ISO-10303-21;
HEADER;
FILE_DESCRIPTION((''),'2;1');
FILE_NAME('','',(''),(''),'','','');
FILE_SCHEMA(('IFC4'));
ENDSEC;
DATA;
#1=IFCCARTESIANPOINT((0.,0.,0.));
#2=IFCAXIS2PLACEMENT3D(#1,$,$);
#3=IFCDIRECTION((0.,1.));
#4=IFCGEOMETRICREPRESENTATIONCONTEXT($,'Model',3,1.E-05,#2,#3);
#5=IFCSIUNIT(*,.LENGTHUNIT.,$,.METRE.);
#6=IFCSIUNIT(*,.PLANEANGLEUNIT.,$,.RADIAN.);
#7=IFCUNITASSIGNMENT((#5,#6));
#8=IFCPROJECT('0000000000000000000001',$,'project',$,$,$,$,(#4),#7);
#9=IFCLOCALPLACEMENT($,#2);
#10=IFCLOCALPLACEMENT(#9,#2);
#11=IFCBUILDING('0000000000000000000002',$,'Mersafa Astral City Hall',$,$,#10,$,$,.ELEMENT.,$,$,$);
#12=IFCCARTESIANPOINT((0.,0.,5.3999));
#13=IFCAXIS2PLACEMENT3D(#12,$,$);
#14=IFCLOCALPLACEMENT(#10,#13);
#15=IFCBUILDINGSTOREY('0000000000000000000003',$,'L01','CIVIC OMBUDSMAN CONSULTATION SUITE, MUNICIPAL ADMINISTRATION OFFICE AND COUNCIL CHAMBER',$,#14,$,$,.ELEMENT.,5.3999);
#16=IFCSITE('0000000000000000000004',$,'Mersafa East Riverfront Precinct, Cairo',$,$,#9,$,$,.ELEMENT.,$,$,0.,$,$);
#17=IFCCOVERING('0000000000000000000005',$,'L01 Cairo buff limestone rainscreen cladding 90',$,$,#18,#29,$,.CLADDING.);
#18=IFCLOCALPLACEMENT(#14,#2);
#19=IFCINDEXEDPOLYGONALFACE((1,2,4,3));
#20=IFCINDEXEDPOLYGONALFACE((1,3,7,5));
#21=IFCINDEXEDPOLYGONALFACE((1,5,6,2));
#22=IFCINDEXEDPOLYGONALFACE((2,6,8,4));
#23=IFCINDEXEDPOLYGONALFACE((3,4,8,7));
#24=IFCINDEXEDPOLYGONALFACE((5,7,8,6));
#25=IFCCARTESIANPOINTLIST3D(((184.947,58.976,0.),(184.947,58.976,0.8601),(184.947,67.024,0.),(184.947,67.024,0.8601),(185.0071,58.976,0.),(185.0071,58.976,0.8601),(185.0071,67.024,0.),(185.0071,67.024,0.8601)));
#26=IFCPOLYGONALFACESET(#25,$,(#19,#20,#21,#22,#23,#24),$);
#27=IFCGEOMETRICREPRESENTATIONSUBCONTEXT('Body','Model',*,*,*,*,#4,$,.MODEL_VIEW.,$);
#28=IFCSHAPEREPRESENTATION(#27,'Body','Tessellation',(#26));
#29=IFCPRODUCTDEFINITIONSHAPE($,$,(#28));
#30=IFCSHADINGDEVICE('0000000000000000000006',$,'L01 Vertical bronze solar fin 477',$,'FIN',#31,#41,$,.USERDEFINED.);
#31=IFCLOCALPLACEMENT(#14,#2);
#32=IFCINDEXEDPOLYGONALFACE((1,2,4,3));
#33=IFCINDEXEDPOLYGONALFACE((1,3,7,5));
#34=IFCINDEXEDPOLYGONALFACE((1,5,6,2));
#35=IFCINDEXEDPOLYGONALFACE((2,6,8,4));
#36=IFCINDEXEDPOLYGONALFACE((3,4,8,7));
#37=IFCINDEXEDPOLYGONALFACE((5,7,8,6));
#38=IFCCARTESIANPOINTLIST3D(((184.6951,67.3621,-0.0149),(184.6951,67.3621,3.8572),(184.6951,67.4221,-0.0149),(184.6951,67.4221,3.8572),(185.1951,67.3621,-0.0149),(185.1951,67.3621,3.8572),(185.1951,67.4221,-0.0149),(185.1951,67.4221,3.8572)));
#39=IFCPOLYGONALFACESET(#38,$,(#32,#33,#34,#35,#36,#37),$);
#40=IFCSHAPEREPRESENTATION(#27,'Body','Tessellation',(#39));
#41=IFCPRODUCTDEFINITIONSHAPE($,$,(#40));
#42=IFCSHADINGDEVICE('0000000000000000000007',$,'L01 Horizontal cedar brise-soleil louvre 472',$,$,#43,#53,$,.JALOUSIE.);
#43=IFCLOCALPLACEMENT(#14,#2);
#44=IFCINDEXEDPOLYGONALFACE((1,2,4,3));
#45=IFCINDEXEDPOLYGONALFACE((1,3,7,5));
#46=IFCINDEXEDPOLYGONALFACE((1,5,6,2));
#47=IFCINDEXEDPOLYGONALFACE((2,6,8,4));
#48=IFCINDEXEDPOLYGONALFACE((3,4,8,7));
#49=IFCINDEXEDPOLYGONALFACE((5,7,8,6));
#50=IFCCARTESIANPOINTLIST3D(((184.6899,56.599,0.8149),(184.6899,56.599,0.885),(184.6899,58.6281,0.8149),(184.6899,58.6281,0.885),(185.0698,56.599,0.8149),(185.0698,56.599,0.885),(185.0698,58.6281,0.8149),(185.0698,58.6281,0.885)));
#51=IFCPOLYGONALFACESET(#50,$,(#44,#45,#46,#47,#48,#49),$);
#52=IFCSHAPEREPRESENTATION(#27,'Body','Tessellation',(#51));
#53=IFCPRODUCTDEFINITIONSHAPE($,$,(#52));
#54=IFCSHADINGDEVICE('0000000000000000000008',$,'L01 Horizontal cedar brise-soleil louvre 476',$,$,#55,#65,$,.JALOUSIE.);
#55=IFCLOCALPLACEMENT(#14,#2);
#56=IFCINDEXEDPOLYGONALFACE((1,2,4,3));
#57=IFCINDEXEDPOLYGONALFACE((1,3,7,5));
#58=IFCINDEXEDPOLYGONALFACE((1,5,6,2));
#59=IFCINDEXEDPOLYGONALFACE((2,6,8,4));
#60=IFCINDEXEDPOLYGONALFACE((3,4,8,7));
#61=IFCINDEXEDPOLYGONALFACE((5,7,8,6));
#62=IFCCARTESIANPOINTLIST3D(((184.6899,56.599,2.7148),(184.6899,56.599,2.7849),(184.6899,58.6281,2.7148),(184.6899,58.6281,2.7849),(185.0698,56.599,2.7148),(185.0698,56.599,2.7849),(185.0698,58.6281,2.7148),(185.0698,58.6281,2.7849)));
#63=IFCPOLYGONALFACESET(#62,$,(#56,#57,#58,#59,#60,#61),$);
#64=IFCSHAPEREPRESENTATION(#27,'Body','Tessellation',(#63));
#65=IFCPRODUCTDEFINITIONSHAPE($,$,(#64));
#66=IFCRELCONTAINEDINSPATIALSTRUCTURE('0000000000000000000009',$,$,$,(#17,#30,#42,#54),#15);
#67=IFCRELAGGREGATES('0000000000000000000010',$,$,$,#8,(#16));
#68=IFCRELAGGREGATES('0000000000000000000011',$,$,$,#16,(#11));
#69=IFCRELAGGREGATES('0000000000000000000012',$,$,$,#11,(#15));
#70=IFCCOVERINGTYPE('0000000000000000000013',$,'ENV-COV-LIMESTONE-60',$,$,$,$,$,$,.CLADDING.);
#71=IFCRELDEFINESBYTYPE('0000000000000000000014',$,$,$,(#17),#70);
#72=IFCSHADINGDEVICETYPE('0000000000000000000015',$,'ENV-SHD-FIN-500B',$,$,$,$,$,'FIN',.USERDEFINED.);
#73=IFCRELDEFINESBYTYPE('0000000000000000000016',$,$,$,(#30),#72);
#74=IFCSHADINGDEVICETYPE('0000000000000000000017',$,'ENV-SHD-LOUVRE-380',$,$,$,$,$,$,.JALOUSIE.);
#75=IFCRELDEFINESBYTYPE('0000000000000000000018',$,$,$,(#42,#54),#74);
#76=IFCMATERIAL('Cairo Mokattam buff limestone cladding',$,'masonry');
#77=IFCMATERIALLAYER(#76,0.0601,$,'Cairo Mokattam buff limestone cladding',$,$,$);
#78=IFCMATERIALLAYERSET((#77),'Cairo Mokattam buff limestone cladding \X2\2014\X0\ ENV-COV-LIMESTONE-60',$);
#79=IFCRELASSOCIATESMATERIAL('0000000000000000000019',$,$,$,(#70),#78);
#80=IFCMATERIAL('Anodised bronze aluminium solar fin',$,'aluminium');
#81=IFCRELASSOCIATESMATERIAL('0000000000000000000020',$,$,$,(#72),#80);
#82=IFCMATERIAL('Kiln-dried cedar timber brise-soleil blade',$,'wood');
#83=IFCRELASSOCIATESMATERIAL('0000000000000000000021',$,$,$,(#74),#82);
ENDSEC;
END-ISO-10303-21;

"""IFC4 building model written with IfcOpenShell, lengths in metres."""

from ifc_helpers import new_model, si_unit, direction, frame, origin, origin_2d, place, context, subcontext, project, spatial, rectangle, extrude, material, layer, layer_set, type_object, element, save


model = new_model("IFC4")

# Units and contexts
model_context = context("Model", 3, precision=1e-05, world=origin(), true_north=direction((0.0, 1.0)))
body_context = subcontext(model_context, "Body", "Model", "MODEL_VIEW")
ifc_project = project(units=[si_unit("LENGTHUNIT", "METRE"), si_unit("PLANEANGLEUNIT", "RADIAN")], contexts=[model_context])

# Site, building, storey
site_placement = place(None, origin())
site = spatial("IfcSite", under=ifc_project, at=site_placement, Name="Mersafa East Riverfront Precinct, Cairo", CompositionType="ELEMENT", RefElevation=0.0)
building_placement = place(site_placement, origin())
building = spatial("IfcBuilding", under=site, at=building_placement, Name="Mersafa Astral City Hall", CompositionType="ELEMENT")
storey_placement = place(building_placement, frame((0.0, 0.0, 5.3999)))
storey = spatial("IfcBuildingStorey", under=building, at=storey_placement, Name="L01", Description="CIVIC OMBUDSMAN CONSULTATION SUITE, MUNICIPAL ADMINISTRATION OFFICE AND COUNCIL CHAMBER", CompositionType="ELEMENT", Elevation=5.3999)

# Covering
ifc_material_1 = material(Name="Cairo Mokattam buff limestone cladding", Category="masonry")
ifc_layer_1 = layer(ifc_material_1, 0.0601, Name="Cairo Mokattam buff limestone cladding")
ifc_layer_set_1 = layer_set([ifc_layer_1], Name="Cairo Mokattam buff limestone cladding — ENV-COV-LIMESTONE-60")
covering_type = type_object("IfcCoveringType", Name="ENV-COV-LIMESTONE-60", PredefinedType="CLADDING", material=ifc_layer_set_1)
covering_placement = place(storey_placement, frame((184.9771, 63.0, 0.0), z_axis=(0.0, 0.0, 1.0), x_axis=(0.0, 1.0, 0.0)))
element("IfcCovering", 1, at=covering_placement, inside=storey, type_object=covering_type, Name="L01 Cairo buff limestone rainscreen cladding 90", PredefinedType="CLADDING", context=body_context, shape_type="SweptSolid", body=[
    extrude(rectangle(XDim=8.0481, YDim=0.0601, at=origin_2d()), origin(), (0.0, 0.0, 1.0), 0.8601),
])

# Shading devices
ifc_material_2 = material(Name="Anodised bronze aluminium solar fin", Category="aluminium")
shading_device_type_1 = type_object("IfcShadingDeviceType", Name="ENV-SHD-FIN-500B", ElementType="FIN", PredefinedType="USERDEFINED", material=ifc_material_2)
shading_device_placement = place(storey_placement, frame((184.9451, 67.3921, -0.0149), z_axis=(0.0, 0.0, 1.0), x_axis=(0.0, 1.0, 0.0)))
element("IfcShadingDevice", 2, at=shading_device_placement, inside=storey, type_object=shading_device_type_1, Name="L01 Vertical bronze solar fin 477", ObjectType="FIN", PredefinedType="USERDEFINED", context=body_context, shape_type="SweptSolid", body=[
    extrude(rectangle(XDim=0.0601, YDim=0.5, at=origin_2d()), origin(), (0.0, 0.0, 1.0), 3.8721),
])
ifc_material_3 = material(Name="Kiln-dried cedar timber brise-soleil blade", Category="wood")
shading_device_type_2 = type_object("IfcShadingDeviceType", Name="ENV-SHD-LOUVRE-380", PredefinedType="JALOUSIE", material=ifc_material_3)
for number, where, z_axis, x_axis, name in (
    (3, (184.8799, 57.6135, 0.8149), (0.0, 0.0, 1.0), (0.0, 1.0, 0.0), "L01 Horizontal cedar brise-soleil louvre 472"),
    (4, (184.8799, 57.6135, 2.7148), (0.0, 0.0, 1.0), (0.0, 1.0, 0.0), "L01 Horizontal cedar brise-soleil louvre 476"),
):
    element("IfcShadingDevice", number, at=place(storey_placement, frame(where, z_axis=z_axis, x_axis=x_axis)), inside=storey, type_object=shading_device_type_2, Name=name, PredefinedType="JALOUSIE", context=body_context, shape_type="SweptSolid", body=[
        extrude(rectangle(XDim=2.0291, YDim=0.3799, at=origin_2d()), origin(), (0.0, 0.0, 1.0), 0.0701),
    ])

save(model, "model.ifc")
